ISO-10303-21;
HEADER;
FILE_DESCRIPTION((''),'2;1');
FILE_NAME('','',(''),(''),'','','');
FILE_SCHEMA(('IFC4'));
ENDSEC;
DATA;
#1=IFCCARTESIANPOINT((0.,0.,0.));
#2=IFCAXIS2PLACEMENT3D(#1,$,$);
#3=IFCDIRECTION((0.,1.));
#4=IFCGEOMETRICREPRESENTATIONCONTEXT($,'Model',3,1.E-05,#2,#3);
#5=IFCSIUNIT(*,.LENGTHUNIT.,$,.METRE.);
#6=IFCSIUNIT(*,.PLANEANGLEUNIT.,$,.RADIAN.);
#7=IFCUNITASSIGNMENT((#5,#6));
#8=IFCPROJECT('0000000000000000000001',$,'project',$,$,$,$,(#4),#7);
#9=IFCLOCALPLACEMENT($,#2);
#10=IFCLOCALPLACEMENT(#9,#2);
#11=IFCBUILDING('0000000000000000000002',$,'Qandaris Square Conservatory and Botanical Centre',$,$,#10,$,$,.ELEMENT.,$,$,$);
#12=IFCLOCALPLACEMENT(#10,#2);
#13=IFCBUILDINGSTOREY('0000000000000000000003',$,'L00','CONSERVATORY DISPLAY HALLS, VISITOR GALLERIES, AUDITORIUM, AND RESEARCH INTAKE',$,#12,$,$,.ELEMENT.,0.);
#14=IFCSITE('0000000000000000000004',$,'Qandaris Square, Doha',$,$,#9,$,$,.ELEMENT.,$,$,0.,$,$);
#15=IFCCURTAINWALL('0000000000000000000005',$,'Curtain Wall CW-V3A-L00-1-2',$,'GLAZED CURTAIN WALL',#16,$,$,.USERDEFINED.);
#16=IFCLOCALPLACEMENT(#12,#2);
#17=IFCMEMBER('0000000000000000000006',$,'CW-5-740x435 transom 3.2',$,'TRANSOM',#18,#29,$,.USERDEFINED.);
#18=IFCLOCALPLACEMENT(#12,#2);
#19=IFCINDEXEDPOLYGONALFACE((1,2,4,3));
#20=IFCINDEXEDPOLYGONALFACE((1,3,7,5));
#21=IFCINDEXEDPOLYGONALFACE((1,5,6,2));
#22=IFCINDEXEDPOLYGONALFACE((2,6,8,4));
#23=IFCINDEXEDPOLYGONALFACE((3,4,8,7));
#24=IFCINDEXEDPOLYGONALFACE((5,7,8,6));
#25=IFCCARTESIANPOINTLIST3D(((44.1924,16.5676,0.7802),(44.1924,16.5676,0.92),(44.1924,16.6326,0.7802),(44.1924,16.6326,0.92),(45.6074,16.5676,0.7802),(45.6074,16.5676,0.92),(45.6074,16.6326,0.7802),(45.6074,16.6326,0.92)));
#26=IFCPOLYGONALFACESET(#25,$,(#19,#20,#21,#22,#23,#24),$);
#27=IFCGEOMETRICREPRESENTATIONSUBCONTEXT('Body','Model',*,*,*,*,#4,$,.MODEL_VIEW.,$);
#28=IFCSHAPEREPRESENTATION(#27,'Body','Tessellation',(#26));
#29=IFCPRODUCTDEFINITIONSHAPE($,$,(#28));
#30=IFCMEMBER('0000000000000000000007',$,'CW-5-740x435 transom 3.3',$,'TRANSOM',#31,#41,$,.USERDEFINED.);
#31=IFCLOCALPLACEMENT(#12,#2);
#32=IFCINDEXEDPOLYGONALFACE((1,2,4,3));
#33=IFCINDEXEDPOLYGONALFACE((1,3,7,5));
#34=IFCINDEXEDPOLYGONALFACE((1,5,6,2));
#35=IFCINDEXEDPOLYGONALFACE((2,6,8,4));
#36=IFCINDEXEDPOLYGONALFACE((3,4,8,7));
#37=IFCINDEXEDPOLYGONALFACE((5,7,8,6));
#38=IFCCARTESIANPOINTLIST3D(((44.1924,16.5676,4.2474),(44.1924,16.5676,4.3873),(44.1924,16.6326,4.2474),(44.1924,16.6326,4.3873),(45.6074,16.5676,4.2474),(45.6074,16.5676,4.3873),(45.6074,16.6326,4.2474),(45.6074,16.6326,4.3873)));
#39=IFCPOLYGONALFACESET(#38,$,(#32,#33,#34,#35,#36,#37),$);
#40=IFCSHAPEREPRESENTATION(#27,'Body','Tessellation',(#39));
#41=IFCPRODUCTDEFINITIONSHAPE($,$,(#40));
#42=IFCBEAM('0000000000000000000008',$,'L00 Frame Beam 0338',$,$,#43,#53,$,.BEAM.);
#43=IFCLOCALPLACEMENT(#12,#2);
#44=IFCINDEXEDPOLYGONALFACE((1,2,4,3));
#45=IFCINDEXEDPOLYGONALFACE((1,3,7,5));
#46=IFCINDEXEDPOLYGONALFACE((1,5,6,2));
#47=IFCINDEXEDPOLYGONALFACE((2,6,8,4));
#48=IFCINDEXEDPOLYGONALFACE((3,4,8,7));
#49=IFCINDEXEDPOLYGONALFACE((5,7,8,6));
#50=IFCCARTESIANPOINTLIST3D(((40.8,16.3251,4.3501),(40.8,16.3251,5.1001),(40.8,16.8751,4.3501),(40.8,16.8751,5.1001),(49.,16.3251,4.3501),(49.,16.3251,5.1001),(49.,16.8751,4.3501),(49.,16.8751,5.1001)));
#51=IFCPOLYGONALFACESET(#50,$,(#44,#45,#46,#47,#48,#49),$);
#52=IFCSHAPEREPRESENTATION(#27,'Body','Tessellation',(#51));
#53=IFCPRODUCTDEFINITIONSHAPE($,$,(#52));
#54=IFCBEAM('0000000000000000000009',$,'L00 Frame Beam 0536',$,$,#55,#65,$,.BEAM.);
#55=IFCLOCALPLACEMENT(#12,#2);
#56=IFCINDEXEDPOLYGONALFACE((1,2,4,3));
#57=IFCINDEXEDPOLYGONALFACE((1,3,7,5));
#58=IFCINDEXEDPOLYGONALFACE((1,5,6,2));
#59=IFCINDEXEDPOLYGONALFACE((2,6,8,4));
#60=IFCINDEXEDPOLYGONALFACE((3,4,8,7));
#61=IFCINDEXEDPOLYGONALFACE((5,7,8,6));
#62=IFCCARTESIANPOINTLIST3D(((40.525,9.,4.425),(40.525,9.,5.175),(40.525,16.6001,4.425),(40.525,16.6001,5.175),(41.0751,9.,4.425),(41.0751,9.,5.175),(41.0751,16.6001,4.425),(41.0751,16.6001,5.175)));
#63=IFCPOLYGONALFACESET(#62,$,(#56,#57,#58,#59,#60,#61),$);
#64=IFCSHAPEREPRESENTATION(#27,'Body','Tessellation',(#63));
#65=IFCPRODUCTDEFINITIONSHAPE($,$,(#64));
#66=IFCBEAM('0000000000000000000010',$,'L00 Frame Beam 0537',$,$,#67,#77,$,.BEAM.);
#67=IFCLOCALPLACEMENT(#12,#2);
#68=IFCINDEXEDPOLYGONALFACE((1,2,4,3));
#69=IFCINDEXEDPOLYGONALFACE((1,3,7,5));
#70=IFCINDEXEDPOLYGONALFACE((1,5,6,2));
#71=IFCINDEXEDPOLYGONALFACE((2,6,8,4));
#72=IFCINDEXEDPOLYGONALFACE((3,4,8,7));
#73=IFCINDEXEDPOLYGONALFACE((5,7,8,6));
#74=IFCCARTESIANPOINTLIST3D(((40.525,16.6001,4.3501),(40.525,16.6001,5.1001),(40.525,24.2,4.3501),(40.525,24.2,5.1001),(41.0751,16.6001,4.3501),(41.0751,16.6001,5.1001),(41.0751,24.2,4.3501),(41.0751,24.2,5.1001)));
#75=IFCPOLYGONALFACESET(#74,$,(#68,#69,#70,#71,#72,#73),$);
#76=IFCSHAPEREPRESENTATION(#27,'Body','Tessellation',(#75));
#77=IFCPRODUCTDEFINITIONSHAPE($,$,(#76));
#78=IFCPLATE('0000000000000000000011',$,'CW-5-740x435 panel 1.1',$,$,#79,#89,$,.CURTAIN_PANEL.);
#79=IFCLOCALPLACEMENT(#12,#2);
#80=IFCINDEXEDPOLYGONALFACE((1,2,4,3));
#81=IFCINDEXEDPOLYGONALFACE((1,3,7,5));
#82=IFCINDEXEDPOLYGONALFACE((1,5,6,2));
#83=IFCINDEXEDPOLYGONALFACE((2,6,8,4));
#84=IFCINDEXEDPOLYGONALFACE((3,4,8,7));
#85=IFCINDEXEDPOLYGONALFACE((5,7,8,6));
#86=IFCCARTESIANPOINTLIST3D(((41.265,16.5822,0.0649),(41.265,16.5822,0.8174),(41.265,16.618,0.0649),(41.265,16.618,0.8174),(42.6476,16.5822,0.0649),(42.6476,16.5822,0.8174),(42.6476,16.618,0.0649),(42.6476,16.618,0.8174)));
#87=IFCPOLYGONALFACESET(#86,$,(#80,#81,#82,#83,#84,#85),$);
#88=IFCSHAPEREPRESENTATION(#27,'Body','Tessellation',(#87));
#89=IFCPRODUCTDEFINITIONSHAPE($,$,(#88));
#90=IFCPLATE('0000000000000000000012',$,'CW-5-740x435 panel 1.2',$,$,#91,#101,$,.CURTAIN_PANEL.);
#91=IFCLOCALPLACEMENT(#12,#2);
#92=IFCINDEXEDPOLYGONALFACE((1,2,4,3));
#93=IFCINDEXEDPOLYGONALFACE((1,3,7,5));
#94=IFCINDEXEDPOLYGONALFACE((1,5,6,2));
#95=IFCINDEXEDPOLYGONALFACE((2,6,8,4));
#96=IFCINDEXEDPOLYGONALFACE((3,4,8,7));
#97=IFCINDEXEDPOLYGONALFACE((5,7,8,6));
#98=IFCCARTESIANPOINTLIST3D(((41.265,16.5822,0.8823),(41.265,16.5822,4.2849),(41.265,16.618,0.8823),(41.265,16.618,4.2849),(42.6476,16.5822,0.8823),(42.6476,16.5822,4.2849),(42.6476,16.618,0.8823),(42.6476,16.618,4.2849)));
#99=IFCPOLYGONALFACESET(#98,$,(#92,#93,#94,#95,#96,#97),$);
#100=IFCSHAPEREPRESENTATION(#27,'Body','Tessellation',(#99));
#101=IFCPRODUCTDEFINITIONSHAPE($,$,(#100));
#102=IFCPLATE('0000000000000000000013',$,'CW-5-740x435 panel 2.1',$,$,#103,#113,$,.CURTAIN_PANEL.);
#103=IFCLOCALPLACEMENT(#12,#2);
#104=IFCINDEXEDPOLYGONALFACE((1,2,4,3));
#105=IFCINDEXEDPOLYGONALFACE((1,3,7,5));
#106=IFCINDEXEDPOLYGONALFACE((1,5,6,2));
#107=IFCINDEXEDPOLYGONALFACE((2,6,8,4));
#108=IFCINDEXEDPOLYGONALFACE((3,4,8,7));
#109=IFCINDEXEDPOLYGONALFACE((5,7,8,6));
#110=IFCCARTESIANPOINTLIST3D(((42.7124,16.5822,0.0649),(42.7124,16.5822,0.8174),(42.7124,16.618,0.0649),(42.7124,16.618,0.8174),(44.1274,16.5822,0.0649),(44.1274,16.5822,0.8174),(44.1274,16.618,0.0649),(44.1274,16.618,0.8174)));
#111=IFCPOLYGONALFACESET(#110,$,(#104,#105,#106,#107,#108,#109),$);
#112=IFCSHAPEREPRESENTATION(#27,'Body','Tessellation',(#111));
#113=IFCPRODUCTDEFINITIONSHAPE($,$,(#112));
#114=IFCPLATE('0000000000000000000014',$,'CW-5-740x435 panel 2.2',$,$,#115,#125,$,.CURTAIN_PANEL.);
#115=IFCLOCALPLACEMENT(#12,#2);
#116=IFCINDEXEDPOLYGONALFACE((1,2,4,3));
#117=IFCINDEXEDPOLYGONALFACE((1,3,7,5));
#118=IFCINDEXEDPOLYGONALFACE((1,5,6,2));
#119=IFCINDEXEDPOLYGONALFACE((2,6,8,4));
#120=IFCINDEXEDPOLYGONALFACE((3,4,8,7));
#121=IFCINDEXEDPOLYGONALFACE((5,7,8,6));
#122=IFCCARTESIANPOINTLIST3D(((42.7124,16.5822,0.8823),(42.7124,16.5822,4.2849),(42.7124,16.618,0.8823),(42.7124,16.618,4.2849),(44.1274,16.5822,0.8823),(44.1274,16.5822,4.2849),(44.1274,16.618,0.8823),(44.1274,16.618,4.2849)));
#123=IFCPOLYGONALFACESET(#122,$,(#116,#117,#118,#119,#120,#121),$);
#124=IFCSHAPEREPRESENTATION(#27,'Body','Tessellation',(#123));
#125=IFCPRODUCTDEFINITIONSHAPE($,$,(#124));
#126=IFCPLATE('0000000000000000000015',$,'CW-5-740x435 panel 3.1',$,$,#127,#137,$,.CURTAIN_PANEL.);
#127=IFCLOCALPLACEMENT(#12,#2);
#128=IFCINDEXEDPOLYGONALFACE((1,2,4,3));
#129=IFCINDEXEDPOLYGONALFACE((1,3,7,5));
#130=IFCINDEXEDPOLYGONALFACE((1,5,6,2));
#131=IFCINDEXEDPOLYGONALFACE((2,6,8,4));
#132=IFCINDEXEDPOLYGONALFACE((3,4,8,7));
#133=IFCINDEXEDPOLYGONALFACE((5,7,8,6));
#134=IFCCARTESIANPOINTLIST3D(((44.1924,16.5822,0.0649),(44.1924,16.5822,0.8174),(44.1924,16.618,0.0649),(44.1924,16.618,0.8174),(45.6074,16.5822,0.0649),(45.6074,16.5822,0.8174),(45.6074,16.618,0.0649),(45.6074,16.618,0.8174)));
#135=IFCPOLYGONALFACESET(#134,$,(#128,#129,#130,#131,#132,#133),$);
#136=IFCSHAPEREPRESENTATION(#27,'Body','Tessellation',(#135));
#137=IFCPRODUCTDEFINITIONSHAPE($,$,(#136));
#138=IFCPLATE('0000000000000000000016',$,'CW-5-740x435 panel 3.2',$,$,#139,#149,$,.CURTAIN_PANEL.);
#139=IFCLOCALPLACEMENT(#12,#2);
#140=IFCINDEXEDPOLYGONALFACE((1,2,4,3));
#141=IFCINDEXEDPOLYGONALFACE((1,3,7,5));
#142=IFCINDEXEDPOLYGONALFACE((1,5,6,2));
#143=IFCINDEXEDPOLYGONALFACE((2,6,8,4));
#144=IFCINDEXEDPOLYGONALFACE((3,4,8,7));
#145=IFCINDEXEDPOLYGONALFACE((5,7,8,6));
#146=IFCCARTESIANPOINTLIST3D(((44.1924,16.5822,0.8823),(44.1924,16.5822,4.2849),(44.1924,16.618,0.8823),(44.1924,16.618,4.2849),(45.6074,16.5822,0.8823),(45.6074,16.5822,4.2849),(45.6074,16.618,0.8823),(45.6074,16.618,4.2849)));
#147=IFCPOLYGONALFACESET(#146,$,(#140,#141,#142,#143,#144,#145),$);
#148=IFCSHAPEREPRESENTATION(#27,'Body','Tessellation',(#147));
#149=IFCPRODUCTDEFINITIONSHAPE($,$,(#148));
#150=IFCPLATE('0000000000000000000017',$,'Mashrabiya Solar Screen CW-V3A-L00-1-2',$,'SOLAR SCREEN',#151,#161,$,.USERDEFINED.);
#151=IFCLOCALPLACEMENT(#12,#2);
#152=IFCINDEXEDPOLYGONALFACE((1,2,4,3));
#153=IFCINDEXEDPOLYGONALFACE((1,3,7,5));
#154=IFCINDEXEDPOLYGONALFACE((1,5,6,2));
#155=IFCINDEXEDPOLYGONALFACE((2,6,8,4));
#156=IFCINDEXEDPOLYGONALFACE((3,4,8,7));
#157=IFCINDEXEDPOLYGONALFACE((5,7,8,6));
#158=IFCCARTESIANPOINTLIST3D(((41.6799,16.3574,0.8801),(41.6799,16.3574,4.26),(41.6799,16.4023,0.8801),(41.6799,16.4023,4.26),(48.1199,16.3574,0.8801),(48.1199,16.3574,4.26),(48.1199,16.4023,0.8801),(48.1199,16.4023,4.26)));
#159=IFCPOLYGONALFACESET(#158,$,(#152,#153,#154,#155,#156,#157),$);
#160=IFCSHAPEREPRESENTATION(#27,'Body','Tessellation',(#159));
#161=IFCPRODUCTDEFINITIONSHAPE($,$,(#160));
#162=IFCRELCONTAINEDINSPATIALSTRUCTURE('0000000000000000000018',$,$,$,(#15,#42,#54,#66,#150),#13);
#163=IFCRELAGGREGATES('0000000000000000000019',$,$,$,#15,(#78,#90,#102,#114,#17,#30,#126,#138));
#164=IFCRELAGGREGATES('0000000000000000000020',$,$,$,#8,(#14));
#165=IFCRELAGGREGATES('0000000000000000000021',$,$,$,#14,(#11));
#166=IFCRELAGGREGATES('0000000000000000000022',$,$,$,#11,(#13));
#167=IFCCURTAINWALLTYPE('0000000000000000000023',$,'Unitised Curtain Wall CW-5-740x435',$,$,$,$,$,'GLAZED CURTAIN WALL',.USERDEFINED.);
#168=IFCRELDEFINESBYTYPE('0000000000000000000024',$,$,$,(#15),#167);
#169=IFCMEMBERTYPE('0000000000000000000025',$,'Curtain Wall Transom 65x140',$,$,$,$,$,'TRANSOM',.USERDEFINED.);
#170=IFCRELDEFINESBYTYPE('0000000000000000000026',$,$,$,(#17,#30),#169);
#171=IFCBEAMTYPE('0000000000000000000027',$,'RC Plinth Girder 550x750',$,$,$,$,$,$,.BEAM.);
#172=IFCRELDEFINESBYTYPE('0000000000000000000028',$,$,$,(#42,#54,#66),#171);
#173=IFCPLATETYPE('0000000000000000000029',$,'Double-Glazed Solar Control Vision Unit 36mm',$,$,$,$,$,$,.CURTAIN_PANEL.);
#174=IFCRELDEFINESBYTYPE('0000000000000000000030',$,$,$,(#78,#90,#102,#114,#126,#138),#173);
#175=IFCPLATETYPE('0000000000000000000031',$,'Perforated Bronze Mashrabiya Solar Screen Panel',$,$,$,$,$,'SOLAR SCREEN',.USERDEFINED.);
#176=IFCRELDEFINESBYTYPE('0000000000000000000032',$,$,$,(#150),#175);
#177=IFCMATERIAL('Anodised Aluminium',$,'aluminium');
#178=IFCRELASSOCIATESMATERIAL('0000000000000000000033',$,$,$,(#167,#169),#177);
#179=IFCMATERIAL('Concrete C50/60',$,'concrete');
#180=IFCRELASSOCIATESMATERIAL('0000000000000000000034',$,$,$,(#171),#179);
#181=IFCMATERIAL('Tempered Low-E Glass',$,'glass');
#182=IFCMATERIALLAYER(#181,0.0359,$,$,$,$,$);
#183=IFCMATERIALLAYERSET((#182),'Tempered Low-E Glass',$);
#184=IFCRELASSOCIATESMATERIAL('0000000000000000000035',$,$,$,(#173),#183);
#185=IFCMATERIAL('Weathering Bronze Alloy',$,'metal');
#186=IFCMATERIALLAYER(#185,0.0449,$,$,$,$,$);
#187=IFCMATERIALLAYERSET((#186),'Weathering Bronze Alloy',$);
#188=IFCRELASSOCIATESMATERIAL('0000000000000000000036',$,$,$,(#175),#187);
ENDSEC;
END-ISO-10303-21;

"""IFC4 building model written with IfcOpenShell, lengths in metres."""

from ifc_helpers import new_model, si_unit, direction, frame, origin, origin_2d, place, context, subcontext, project, spatial, rectangle, extrude, material, layer, layer_set, material_profile, profile_set, type_object, element, aggregate, save


model = new_model("IFC4")

# Units and contexts
model_context = context("Model", 3, precision=1e-05, world=origin(), true_north=direction((0.0, 1.0)))
body_context = subcontext(model_context, "Body", "Model", "MODEL_VIEW")
ifc_project = project(units=[si_unit("LENGTHUNIT", "METRE"), si_unit("PLANEANGLEUNIT", "RADIAN")], contexts=[model_context])

# Site, building, storey
site_placement = place(None, origin())
site = spatial("IfcSite", under=ifc_project, at=site_placement, Name="Qandaris Square, Doha", CompositionType="ELEMENT", RefElevation=0.0)
building_placement = place(site_placement, origin())
building = spatial("IfcBuilding", under=site, at=building_placement, Name="Qandaris Square Conservatory and Botanical Centre", CompositionType="ELEMENT")
storey_placement = place(building_placement, origin())
storey = spatial("IfcBuildingStorey", under=building, at=storey_placement, Name="L00", Description="CONSERVATORY DISPLAY HALLS, VISITOR GALLERIES, AUDITORIUM, AND RESEARCH INTAKE", CompositionType="ELEMENT", Elevation=0.0)

# Shared definitions
ifc_material_1 = material(Name="Concrete C50/60", Category="concrete")

# Curtain wall, members
ifc_material_2 = material(Name="Anodised Aluminium", Category="aluminium")
curtain_wall_type = type_object("IfcCurtainWallType", Name="Unitised Curtain Wall CW-5-740x435", ElementType="GLAZED CURTAIN WALL", PredefinedType="USERDEFINED", material=ifc_material_2)
curtain_wall_placement = place(storey_placement, origin())
curtain_wall = element("IfcCurtainWall", 1, at=curtain_wall_placement, inside=storey, type_object=curtain_wall_type, Name="Curtain Wall CW-V3A-L00-1-2", ObjectType="GLAZED CURTAIN WALL", PredefinedType="USERDEFINED")
ifc_material_profile_1 = material_profile(ifc_material_2, rectangle(XDim=0.0649, YDim=0.1399, at=origin_2d()), Name="ALU-TRN 65x140")
ifc_profile_set_1 = profile_set([ifc_material_profile_1], Name="Anodised Aluminium")
member_type_1 = type_object("IfcMemberType", Name="Curtain Wall Transom 65x140", ElementType="TRANSOM", PredefinedType="USERDEFINED", material=ifc_profile_set_1)
member_1_placement = place(storey_placement, frame((44.1924, 16.6001, 0.8501), z_axis=(1.0, 0.0, 0.0), x_axis=(0.0, 1.0, 0.0)))
member_1 = element("IfcMember", 2, at=member_1_placement, type_object=member_type_1, Name="CW-5-740x435 transom 3.2", ObjectType="TRANSOM", PredefinedType="USERDEFINED", context=body_context, shape_type="SweptSolid", body=[
    extrude(rectangle(XDim=0.0649, YDim=0.1399, at=origin_2d()), origin(), (0.0, 0.0, 1.0), 1.415),
])
member_2_placement = place(storey_placement, frame((44.1924, 16.6001, 4.3174), z_axis=(1.0, 0.0, 0.0), x_axis=(0.0, 1.0, 0.0)))
member_2 = element("IfcMember", 3, at=member_2_placement, type_object=member_type_1, Name="CW-5-740x435 transom 3.3", ObjectType="TRANSOM", PredefinedType="USERDEFINED", context=body_context, shape_type="SweptSolid", body=[
    extrude(rectangle(XDim=0.0649, YDim=0.1399, at=origin_2d()), origin(), (0.0, 0.0, 1.0), 1.415),
])

# Beams
ifc_material_profile_2 = material_profile(ifc_material_1, rectangle(XDim=0.55, YDim=0.75, at=origin_2d()), Name="RC-BM 550x750")
ifc_profile_set_2 = profile_set([ifc_material_profile_2], Name="Concrete C50/60")
beam_type = type_object("IfcBeamType", Name="RC Plinth Girder 550x750", PredefinedType="BEAM", material=ifc_profile_set_2)
beam_1_placement = place(storey_placement, frame((40.8, 16.6001, 4.7251), z_axis=(1.0, 0.0, 0.0), x_axis=(0.0, 1.0, 0.0)))
element("IfcBeam", 4, at=beam_1_placement, inside=storey, type_object=beam_type, Name="L00 Frame Beam 0338", PredefinedType="BEAM", context=body_context, shape_type="SweptSolid", body=[
    extrude(rectangle(XDim=0.55, YDim=0.75, at=origin_2d()), origin(), (0.0, 0.0, 1.0), 8.2),
])
beam_2_placement = place(storey_placement, frame((40.8, 9.0, 4.8), z_axis=(0.0, 1.0, 0.0), x_axis=(-1.0, 0.0, 0.0)))
element("IfcBeam", 5, at=beam_2_placement, inside=storey, type_object=beam_type, Name="L00 Frame Beam 0536", PredefinedType="BEAM", context=body_context, shape_type="SweptSolid", body=[
    extrude(rectangle(XDim=0.55, YDim=0.75, at=origin_2d()), origin(), (0.0, 0.0, 1.0), 7.6001),
])
beam_3_placement = place(storey_placement, frame((40.8, 16.6001, 4.7251), z_axis=(0.0, 1.0, 0.0), x_axis=(-1.0, 0.0, 0.0)))
element("IfcBeam", 6, at=beam_3_placement, inside=storey, type_object=beam_type, Name="L00 Frame Beam 0537", PredefinedType="BEAM", context=body_context, shape_type="SweptSolid", body=[
    extrude(rectangle(XDim=0.55, YDim=0.75, at=origin_2d()), origin(), (0.0, 0.0, 1.0), 7.5999),
])

# Plates
ifc_material_3 = material(Name="Tempered Low-E Glass", Category="glass")
ifc_layer_1 = layer(ifc_material_3, 0.0359)
ifc_layer_set_1 = layer_set([ifc_layer_1], Name="Tempered Low-E Glass")
plate_type_1 = type_object("IfcPlateType", Name="Double-Glazed Solar Control Vision Unit 36mm", PredefinedType="CURTAIN_PANEL", material=ifc_layer_set_1)
plate_1_placement = place(storey_placement, frame((41.9563, 16.6001, 0.0649), z_axis=(0.0, 0.0, 1.0), x_axis=(1.0, 0.0, 0.0)))
plate_1 = element("IfcPlate", 7, at=plate_1_placement, type_object=plate_type_1, Name="CW-5-740x435 panel 1.1", PredefinedType="CURTAIN_PANEL", context=body_context, shape_type="SweptSolid", body=[
    extrude(rectangle(XDim=1.3826, YDim=0.0359, at=origin_2d()), origin(), (0.0, 0.0, 1.0), 0.7524),
])
plate_2_placement = place(storey_placement, frame((41.9563, 16.6001, 0.8823), z_axis=(0.0, 0.0, 1.0), x_axis=(1.0, 0.0, 0.0)))
plate_2 = element("IfcPlate", 8, at=plate_2_placement, type_object=plate_type_1, Name="CW-5-740x435 panel 1.2", PredefinedType="CURTAIN_PANEL", context=body_context, shape_type="SweptSolid", body=[
    extrude(rectangle(XDim=1.3826, YDim=0.0359, at=origin_2d()), origin(), (0.0, 0.0, 1.0), 3.4026),
])
plate_3_placement = place(storey_placement, frame((43.4199, 16.6001, 0.0649), z_axis=(0.0, 0.0, 1.0), x_axis=(1.0, 0.0, 0.0)))
plate_3 = element("IfcPlate", 9, at=plate_3_placement, type_object=plate_type_1, Name="CW-5-740x435 panel 2.1", PredefinedType="CURTAIN_PANEL", context=body_context, shape_type="SweptSolid", body=[
    extrude(rectangle(XDim=1.415, YDim=0.0359, at=origin_2d()), origin(), (0.0, 0.0, 1.0), 0.7524),
])
plate_4_placement = place(storey_placement, frame((43.4199, 16.6001, 0.8823), z_axis=(0.0, 0.0, 1.0), x_axis=(1.0, 0.0, 0.0)))
plate_4 = element("IfcPlate", 10, at=plate_4_placement, type_object=plate_type_1, Name="CW-5-740x435 panel 2.2", PredefinedType="CURTAIN_PANEL", context=body_context, shape_type="SweptSolid", body=[
    extrude(rectangle(XDim=1.415, YDim=0.0359, at=origin_2d()), origin(), (0.0, 0.0, 1.0), 3.4026),
])
plate_5_placement = place(storey_placement, frame((44.8999, 16.6001, 0.0649), z_axis=(0.0, 0.0, 1.0), x_axis=(1.0, 0.0, 0.0)))
plate_5 = element("IfcPlate", 11, at=plate_5_placement, type_object=plate_type_1, Name="CW-5-740x435 panel 3.1", PredefinedType="CURTAIN_PANEL", context=body_context, shape_type="SweptSolid", body=[
    extrude(rectangle(XDim=1.415, YDim=0.0359, at=origin_2d()), origin(), (0.0, 0.0, 1.0), 0.7524),
])
plate_6_placement = place(storey_placement, frame((44.8999, 16.6001, 0.8823), z_axis=(0.0, 0.0, 1.0), x_axis=(1.0, 0.0, 0.0)))
plate_6 = element("IfcPlate", 12, at=plate_6_placement, type_object=plate_type_1, Name="CW-5-740x435 panel 3.2", PredefinedType="CURTAIN_PANEL", context=body_context, shape_type="SweptSolid", body=[
    extrude(rectangle(XDim=1.415, YDim=0.0359, at=origin_2d()), origin(), (0.0, 0.0, 1.0), 3.4026),
])
aggregate(curtain_wall, [plate_1, plate_2, plate_3, plate_4, member_1, member_2, plate_5, plate_6])
ifc_material_4 = material(Name="Weathering Bronze Alloy", Category="metal")
ifc_layer_2 = layer(ifc_material_4, 0.0449)
ifc_layer_set_2 = layer_set([ifc_layer_2], Name="Weathering Bronze Alloy")
plate_type_2 = type_object("IfcPlateType", Name="Perforated Bronze Mashrabiya Solar Screen Panel", ElementType="SOLAR SCREEN", PredefinedType="USERDEFINED", material=ifc_layer_set_2)
plate_7_placement = place(storey_placement, frame((44.8999, 16.3799, 0.8801), z_axis=(0.0, 0.0, 1.0), x_axis=(1.0, 0.0, 0.0)))
element("IfcPlate", 13, at=plate_7_placement, inside=storey, type_object=plate_type_2, Name="Mashrabiya Solar Screen CW-V3A-L00-1-2", ObjectType="SOLAR SCREEN", PredefinedType="USERDEFINED", context=body_context, shape_type="SweptSolid", body=[
    extrude(rectangle(XDim=6.4399, YDim=0.0449, at=origin_2d()), origin(), (0.0, 0.0, 1.0), 3.3799),
])

save(model, "model.ifc")
